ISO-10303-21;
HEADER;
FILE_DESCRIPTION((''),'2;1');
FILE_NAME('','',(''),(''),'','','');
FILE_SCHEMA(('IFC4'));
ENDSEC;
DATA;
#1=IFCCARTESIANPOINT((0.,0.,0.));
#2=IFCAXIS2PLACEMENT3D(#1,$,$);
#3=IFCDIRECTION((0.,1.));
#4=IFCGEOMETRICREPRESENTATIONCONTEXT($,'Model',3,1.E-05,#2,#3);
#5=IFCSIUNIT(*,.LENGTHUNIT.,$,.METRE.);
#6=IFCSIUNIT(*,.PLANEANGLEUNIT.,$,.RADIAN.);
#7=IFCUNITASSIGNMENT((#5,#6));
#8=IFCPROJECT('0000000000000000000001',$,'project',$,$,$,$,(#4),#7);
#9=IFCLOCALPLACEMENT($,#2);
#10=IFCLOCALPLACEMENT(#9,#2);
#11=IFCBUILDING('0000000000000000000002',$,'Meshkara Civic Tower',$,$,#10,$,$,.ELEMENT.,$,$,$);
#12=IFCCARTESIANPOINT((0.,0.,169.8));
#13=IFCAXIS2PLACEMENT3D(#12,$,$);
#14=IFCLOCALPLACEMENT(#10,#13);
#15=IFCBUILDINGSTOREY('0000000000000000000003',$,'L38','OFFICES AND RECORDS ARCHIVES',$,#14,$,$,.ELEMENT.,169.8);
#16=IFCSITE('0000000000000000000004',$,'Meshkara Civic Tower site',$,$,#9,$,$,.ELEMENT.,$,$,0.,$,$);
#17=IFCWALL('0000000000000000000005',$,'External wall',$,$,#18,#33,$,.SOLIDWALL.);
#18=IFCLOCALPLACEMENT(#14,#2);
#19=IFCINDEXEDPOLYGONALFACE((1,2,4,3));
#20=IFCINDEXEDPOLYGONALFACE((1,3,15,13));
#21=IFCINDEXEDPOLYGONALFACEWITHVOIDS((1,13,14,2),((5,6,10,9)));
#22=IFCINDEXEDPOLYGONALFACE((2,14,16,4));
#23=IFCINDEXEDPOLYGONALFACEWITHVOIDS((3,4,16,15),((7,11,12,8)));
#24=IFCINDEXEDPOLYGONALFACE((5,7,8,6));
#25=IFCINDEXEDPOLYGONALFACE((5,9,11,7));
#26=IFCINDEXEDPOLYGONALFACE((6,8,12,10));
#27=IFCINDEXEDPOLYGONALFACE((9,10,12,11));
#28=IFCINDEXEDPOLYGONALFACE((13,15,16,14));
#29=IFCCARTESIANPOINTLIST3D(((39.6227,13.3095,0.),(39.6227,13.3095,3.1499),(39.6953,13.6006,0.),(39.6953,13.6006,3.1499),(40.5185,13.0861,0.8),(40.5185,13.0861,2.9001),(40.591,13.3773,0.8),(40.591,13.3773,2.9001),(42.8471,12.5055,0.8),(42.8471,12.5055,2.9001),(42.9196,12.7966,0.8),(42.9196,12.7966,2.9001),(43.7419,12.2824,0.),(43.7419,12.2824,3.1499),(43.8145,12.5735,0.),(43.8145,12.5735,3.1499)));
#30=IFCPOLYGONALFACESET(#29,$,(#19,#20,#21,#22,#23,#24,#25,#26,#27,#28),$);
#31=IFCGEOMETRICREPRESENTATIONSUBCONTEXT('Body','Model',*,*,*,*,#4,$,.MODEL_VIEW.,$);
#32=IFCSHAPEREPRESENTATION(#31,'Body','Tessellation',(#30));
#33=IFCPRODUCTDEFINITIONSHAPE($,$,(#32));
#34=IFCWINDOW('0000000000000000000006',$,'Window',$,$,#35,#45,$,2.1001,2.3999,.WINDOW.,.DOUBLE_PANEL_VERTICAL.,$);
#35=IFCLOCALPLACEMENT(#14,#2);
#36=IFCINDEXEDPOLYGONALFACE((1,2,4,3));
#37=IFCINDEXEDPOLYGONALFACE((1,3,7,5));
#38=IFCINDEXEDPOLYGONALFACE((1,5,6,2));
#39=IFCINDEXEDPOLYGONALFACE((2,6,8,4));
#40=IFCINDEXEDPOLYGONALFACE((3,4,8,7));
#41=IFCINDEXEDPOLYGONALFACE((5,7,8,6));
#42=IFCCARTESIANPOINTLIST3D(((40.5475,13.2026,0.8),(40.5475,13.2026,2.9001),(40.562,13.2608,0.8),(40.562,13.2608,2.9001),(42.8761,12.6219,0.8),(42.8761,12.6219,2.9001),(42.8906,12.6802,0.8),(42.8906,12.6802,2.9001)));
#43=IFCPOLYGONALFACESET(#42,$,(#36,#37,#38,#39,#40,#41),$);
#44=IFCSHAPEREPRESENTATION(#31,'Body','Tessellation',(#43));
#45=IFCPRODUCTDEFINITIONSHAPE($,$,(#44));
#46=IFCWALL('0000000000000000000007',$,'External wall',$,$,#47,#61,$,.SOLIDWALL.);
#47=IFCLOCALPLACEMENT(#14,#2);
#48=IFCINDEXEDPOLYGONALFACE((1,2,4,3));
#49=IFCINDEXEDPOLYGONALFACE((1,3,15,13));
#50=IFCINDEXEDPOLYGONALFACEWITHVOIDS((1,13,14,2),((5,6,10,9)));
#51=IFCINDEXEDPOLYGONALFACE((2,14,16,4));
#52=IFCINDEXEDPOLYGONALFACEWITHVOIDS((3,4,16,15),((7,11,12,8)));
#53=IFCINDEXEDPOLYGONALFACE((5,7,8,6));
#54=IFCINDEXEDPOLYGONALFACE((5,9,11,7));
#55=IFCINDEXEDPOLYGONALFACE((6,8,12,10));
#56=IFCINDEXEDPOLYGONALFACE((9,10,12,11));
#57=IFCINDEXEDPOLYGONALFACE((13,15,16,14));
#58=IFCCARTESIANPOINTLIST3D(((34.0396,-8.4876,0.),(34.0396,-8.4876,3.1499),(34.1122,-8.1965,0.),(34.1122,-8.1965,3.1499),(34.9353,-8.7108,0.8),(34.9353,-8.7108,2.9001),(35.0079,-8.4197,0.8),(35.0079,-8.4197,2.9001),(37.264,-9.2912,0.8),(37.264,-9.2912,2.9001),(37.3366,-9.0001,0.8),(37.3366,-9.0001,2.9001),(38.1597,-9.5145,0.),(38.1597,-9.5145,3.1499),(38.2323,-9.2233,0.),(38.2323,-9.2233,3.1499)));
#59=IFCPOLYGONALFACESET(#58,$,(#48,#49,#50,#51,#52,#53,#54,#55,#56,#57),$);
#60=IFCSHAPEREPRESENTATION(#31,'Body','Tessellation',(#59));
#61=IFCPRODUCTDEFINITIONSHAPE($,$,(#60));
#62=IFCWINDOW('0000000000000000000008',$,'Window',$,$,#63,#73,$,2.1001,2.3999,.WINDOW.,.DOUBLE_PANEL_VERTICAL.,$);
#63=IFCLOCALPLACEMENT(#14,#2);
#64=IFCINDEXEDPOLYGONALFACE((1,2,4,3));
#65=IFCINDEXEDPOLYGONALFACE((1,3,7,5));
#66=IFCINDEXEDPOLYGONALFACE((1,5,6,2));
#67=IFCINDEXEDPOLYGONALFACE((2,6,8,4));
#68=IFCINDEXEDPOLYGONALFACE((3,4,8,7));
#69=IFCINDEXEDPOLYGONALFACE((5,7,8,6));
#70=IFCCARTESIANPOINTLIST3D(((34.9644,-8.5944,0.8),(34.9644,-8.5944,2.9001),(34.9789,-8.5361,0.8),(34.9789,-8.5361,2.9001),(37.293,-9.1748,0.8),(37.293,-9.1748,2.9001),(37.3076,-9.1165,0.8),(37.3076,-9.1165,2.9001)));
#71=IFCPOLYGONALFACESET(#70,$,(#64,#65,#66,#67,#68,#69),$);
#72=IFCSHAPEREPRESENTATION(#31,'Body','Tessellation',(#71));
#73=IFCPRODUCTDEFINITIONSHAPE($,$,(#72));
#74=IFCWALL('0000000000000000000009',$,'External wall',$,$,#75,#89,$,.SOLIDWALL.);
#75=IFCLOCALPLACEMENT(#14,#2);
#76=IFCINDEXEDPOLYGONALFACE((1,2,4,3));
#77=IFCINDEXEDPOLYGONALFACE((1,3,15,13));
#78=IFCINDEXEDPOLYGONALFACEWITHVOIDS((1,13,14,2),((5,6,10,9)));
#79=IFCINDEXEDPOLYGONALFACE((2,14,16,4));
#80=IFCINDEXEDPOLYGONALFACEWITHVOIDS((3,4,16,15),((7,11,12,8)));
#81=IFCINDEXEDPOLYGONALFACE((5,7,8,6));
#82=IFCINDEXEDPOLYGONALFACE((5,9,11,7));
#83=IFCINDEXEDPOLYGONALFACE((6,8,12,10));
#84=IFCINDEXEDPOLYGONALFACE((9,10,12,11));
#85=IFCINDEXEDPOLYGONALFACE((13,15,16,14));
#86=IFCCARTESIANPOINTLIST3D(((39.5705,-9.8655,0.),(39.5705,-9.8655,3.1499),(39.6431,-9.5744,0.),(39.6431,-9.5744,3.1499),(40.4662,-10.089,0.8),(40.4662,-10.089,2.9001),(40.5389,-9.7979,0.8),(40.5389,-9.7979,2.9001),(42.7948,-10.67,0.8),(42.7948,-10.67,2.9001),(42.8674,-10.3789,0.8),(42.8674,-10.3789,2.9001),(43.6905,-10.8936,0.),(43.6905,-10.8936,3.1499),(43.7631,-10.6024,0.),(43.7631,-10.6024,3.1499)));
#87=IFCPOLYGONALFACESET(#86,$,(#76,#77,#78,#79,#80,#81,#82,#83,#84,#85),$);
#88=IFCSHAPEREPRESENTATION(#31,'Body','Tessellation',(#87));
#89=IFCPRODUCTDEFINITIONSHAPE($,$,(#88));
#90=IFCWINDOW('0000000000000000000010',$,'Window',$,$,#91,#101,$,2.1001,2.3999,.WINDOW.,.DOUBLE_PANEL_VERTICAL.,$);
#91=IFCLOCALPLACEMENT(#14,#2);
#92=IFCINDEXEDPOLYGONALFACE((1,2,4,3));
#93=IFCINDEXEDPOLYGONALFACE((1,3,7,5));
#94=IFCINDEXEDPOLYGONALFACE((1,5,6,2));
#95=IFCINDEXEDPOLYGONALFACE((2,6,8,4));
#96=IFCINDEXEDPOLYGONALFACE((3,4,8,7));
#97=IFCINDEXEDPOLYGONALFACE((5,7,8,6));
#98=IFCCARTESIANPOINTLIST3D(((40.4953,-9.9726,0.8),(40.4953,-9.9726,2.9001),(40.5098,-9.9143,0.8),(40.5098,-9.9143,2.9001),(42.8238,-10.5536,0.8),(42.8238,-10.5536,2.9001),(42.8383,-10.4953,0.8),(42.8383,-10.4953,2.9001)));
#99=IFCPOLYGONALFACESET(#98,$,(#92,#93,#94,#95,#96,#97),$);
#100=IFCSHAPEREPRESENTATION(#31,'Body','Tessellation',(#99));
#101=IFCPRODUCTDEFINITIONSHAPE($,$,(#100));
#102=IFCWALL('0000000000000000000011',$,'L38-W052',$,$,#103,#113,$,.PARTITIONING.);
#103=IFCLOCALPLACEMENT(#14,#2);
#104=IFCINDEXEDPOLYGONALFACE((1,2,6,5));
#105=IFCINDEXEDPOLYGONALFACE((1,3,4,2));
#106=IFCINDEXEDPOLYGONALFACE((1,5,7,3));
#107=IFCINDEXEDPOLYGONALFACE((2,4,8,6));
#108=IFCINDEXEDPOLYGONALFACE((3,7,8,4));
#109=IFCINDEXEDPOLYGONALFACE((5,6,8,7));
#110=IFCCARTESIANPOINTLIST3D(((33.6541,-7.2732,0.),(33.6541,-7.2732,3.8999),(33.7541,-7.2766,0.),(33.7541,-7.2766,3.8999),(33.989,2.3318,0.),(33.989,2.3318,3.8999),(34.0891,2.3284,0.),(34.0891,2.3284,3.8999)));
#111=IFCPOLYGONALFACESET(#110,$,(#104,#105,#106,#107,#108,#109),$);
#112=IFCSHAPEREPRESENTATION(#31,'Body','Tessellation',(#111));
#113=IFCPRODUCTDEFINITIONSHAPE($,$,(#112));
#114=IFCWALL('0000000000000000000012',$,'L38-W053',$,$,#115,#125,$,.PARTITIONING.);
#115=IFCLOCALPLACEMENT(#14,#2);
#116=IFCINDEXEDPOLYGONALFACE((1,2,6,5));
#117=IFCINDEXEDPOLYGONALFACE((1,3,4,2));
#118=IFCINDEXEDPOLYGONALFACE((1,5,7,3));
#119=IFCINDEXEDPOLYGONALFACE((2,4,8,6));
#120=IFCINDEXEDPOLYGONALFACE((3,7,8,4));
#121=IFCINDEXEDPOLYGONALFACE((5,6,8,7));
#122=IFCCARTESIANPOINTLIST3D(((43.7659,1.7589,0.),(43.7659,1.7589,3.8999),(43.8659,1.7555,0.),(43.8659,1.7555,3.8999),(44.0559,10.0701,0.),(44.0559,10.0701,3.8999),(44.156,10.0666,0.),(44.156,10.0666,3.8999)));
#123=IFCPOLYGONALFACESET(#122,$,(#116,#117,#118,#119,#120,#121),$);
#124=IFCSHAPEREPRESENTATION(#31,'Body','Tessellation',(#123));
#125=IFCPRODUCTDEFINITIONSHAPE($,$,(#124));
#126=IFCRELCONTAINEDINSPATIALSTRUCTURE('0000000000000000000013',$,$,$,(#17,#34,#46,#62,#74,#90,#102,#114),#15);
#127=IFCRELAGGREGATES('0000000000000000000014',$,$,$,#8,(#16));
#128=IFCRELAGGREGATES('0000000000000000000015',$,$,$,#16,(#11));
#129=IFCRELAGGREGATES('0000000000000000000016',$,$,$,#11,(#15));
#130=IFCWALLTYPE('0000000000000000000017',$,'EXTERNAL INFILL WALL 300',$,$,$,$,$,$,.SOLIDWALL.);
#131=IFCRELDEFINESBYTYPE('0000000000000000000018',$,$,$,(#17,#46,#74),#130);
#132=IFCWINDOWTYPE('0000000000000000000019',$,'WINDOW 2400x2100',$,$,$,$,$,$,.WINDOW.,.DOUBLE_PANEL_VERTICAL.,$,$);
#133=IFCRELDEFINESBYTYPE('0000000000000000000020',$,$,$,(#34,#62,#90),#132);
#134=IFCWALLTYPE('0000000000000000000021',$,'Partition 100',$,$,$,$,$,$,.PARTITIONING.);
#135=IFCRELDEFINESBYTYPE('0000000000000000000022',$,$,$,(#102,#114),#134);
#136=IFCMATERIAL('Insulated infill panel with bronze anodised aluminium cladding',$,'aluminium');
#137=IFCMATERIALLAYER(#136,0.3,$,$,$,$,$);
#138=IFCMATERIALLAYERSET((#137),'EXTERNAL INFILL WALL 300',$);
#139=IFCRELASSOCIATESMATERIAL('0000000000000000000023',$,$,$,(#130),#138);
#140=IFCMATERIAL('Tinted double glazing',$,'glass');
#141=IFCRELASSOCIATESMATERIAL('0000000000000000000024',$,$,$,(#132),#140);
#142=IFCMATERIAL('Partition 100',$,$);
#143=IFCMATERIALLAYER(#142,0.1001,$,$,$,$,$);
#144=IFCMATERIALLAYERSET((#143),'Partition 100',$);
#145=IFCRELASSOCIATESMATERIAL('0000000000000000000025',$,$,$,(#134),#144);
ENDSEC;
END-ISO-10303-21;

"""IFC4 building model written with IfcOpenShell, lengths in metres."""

from ifc_helpers import new_model, si_unit, direction, frame, frame_2d, origin, place, context, subcontext, project, spatial, rectangle, extrude, material, layer, layer_set, type_object, element, fill, save


model = new_model("IFC4")

# Units and contexts
model_context = context("Model", 3, precision=1e-05, world=origin(), true_north=direction((0.0, 1.0)))
body_context = subcontext(model_context, "Body", "Model", "MODEL_VIEW")
ifc_project = project(units=[si_unit("LENGTHUNIT", "METRE"), si_unit("PLANEANGLEUNIT", "RADIAN")], contexts=[model_context])

# Site, building, storey
site_placement = place(None, origin())
site = spatial("IfcSite", under=ifc_project, at=site_placement, Name="Meshkara Civic Tower site", CompositionType="ELEMENT", RefElevation=0.0)
building_placement = place(site_placement, origin())
building = spatial("IfcBuilding", under=site, at=building_placement, Name="Meshkara Civic Tower", CompositionType="ELEMENT")
storey_placement = place(building_placement, frame((0.0, 0.0, 169.8)))
storey = spatial("IfcBuildingStorey", under=building, at=storey_placement, Name="L38", Description="OFFICES AND RECORDS ARCHIVES", CompositionType="ELEMENT", Elevation=169.8)

# Walls, openings, windows
ifc_material_1 = material(Name="Insulated infill panel with bronze anodised aluminium cladding", Category="aluminium")
ifc_layer_1 = layer(ifc_material_1, 0.3)
ifc_layer_set_1 = layer_set([ifc_layer_1], Name="EXTERNAL INFILL WALL 300")
wall_type_1 = type_object("IfcWallType", Name="EXTERNAL INFILL WALL 300", PredefinedType="SOLIDWALL", material=ifc_layer_set_1)
wall_1_placement = place(storey_placement, frame((43.7781, 12.428, 0.0), z_axis=(0.0, 0.0, 1.0), x_axis=(-0.970291, 0.24194, 0.0)))
wall_1 = element("IfcWall", 1, at=wall_1_placement, inside=storey, type_object=wall_type_1, Name="External wall", PredefinedType="SOLIDWALL", context=body_context, shape_type="SweptSolid", body=[
    extrude(rectangle(XDim=4.2454, YDim=0.3, at=frame_2d((2.1226, 0.0))), origin(), (0.0, 0.0, 1.0), 3.1499),
])
opening_1_placement = place(wall_1_placement, frame((0.9221, 0.0, 0.8)))
opening_1 = element("IfcOpeningElement", 2, at=opening_1_placement, cuts=wall_1, PredefinedType="OPENING", context=body_context, shape_type="SweptSolid", body=[
    extrude(rectangle(XDim=2.3999, YDim=2.1001, at=frame_2d((1.2, 1.05))), frame((0.0, 0.1599, 0.0), z_axis=(0.0, -1.0, 0.0), x_axis=(1.0, 0.0, 0.0)), (0.0, 0.0, 1.0), 0.3201),
])
ifc_material_2 = material(Name="Tinted double glazing", Category="glass")
window_type = type_object("IfcWindowType", Name="WINDOW 2400x2100", PartitioningType="DOUBLE_PANEL_VERTICAL", PredefinedType="WINDOW", material=ifc_material_2)
window_1_placement = place(opening_1_placement, origin())
window_1 = element("IfcWindow", 3, at=window_1_placement, inside=storey, type_object=window_type, Name="Window", OverallHeight=2.1001, OverallWidth=2.3999, PartitioningType="DOUBLE_PANEL_VERTICAL", PredefinedType="WINDOW", context=body_context, shape_type="SweptSolid", body=[
    extrude(rectangle(XDim=2.3999, YDim=2.1001, at=frame_2d((1.2, 1.05))), frame((0.0, 0.03, 0.0), z_axis=(0.0, -1.0, 0.0), x_axis=(1.0, 0.0, 0.0)), (0.0, 0.0, 1.0), 0.0601),
])
fill(opening_1, window_1)
wall_2_placement = place(storey_placement, frame((34.0759, -8.342, 0.0), z_axis=(0.0, 0.0, 1.0), x_axis=(0.970318, -0.241832, 0.0)))
wall_2 = element("IfcWall", 4, at=wall_2_placement, inside=storey, type_object=wall_type_1, Name="External wall", PredefinedType="SOLIDWALL", context=body_context, shape_type="SweptSolid", body=[
    extrude(rectangle(XDim=4.2461, YDim=0.3, at=frame_2d((2.123, 0.0))), origin(), (0.0, 0.0, 1.0), 3.1499),
])
opening_2_placement = place(wall_2_placement, frame((0.9231, 0.0, 0.8)))
opening_2 = element("IfcOpeningElement", 5, at=opening_2_placement, cuts=wall_2, PredefinedType="OPENING", context=body_context, shape_type="SweptSolid", body=[
    extrude(rectangle(XDim=2.3999, YDim=2.1001, at=frame_2d((1.2, 1.05))), frame((0.0, 0.1599, 0.0), z_axis=(0.0, -1.0, 0.0), x_axis=(1.0, 0.0, 0.0)), (0.0, 0.0, 1.0), 0.3201),
])
window_2_placement = place(opening_2_placement, origin())
window_2 = element("IfcWindow", 6, at=window_2_placement, inside=storey, type_object=window_type, Name="Window", OverallHeight=2.1001, OverallWidth=2.3999, PartitioningType="DOUBLE_PANEL_VERTICAL", PredefinedType="WINDOW", context=body_context, shape_type="SweptSolid", body=[
    extrude(rectangle(XDim=2.3999, YDim=2.1001, at=frame_2d((1.2, 1.05))), frame((0.0, 0.03, 0.0), z_axis=(0.0, -1.0, 0.0), x_axis=(1.0, 0.0, 0.0)), (0.0, 0.0, 1.0), 0.0601),
])
fill(opening_2, window_2)
wall_3_placement = place(storey_placement, frame((39.6069, -9.72, 0.0), z_axis=(0.0, 0.0, 1.0), x_axis=(0.970251, -0.242103, 0.0)))
wall_3 = element("IfcWall", 7, at=wall_3_placement, inside=storey, type_object=wall_type_1, Name="External wall", PredefinedType="SOLIDWALL", context=body_context, shape_type="SweptSolid", body=[
    extrude(rectangle(XDim=4.2463, YDim=0.3, at=frame_2d((2.123, 0.0))), origin(), (0.0, 0.0, 1.0), 3.1499),
])
opening_3_placement = place(wall_3_placement, frame((0.9231, 0.0, 0.8)))
opening_3 = element("IfcOpeningElement", 8, at=opening_3_placement, cuts=wall_3, PredefinedType="OPENING", context=body_context, shape_type="SweptSolid", body=[
    extrude(rectangle(XDim=2.3999, YDim=2.1001, at=frame_2d((1.2, 1.05))), frame((0.0, 0.1599, 0.0), z_axis=(0.0, -1.0, 0.0), x_axis=(1.0, 0.0, 0.0)), (0.0, 0.0, 1.0), 0.3201),
])
window_3_placement = place(opening_3_placement, origin())
window_3 = element("IfcWindow", 9, at=window_3_placement, inside=storey, type_object=window_type, Name="Window", OverallHeight=2.1001, OverallWidth=2.3999, PartitioningType="DOUBLE_PANEL_VERTICAL", PredefinedType="WINDOW", context=body_context, shape_type="SweptSolid", body=[
    extrude(rectangle(XDim=2.3999, YDim=2.1001, at=frame_2d((1.2, 1.05))), frame((0.0, 0.03, 0.0), z_axis=(0.0, -1.0, 0.0), x_axis=(1.0, 0.0, 0.0)), (0.0, 0.0, 1.0), 0.0601),
])
fill(opening_3, window_3)

# Walls
ifc_material_3 = material(Name="Partition 100")
ifc_layer_2 = layer(ifc_material_3, 0.1001)
ifc_layer_set_2 = layer_set([ifc_layer_2], Name="Partition 100")
wall_type_2 = type_object("IfcWallType", Name="Partition 100", PredefinedType="PARTITIONING", material=ifc_layer_set_2)
wall_4_placement = place(storey_placement, frame((33.7041, -7.2749, 0.0), z_axis=(0.0, 0.0, 1.0), x_axis=(0.034852, 0.999392, 0.0)))
element("IfcWall", 10, at=wall_4_placement, inside=storey, type_object=wall_type_2, Name="L38-W052", PredefinedType="PARTITIONING", context=body_context, shape_type="SweptSolid", body=[
    extrude(rectangle(XDim=9.6108, YDim=0.1001, at=frame_2d((4.8054, 0.0))), origin(), (0.0, 0.0, 1.0), 3.8999),
])
wall_5_placement = place(storey_placement, frame((43.8159, 1.7571, 0.0), z_axis=(0.0, 0.0, 1.0), x_axis=(0.034877, 0.999392, 0.0)))
element("IfcWall", 11, at=wall_5_placement, inside=storey, type_object=wall_type_2, Name="L38-W053", PredefinedType="PARTITIONING", context=body_context, shape_type="SweptSolid", body=[
    extrude(rectangle(XDim=8.3162, YDim=0.1001, at=frame_2d((4.1582, 0.0))), origin(), (0.0, 0.0, 1.0), 3.8999),
])

save(model, "model.ifc")
